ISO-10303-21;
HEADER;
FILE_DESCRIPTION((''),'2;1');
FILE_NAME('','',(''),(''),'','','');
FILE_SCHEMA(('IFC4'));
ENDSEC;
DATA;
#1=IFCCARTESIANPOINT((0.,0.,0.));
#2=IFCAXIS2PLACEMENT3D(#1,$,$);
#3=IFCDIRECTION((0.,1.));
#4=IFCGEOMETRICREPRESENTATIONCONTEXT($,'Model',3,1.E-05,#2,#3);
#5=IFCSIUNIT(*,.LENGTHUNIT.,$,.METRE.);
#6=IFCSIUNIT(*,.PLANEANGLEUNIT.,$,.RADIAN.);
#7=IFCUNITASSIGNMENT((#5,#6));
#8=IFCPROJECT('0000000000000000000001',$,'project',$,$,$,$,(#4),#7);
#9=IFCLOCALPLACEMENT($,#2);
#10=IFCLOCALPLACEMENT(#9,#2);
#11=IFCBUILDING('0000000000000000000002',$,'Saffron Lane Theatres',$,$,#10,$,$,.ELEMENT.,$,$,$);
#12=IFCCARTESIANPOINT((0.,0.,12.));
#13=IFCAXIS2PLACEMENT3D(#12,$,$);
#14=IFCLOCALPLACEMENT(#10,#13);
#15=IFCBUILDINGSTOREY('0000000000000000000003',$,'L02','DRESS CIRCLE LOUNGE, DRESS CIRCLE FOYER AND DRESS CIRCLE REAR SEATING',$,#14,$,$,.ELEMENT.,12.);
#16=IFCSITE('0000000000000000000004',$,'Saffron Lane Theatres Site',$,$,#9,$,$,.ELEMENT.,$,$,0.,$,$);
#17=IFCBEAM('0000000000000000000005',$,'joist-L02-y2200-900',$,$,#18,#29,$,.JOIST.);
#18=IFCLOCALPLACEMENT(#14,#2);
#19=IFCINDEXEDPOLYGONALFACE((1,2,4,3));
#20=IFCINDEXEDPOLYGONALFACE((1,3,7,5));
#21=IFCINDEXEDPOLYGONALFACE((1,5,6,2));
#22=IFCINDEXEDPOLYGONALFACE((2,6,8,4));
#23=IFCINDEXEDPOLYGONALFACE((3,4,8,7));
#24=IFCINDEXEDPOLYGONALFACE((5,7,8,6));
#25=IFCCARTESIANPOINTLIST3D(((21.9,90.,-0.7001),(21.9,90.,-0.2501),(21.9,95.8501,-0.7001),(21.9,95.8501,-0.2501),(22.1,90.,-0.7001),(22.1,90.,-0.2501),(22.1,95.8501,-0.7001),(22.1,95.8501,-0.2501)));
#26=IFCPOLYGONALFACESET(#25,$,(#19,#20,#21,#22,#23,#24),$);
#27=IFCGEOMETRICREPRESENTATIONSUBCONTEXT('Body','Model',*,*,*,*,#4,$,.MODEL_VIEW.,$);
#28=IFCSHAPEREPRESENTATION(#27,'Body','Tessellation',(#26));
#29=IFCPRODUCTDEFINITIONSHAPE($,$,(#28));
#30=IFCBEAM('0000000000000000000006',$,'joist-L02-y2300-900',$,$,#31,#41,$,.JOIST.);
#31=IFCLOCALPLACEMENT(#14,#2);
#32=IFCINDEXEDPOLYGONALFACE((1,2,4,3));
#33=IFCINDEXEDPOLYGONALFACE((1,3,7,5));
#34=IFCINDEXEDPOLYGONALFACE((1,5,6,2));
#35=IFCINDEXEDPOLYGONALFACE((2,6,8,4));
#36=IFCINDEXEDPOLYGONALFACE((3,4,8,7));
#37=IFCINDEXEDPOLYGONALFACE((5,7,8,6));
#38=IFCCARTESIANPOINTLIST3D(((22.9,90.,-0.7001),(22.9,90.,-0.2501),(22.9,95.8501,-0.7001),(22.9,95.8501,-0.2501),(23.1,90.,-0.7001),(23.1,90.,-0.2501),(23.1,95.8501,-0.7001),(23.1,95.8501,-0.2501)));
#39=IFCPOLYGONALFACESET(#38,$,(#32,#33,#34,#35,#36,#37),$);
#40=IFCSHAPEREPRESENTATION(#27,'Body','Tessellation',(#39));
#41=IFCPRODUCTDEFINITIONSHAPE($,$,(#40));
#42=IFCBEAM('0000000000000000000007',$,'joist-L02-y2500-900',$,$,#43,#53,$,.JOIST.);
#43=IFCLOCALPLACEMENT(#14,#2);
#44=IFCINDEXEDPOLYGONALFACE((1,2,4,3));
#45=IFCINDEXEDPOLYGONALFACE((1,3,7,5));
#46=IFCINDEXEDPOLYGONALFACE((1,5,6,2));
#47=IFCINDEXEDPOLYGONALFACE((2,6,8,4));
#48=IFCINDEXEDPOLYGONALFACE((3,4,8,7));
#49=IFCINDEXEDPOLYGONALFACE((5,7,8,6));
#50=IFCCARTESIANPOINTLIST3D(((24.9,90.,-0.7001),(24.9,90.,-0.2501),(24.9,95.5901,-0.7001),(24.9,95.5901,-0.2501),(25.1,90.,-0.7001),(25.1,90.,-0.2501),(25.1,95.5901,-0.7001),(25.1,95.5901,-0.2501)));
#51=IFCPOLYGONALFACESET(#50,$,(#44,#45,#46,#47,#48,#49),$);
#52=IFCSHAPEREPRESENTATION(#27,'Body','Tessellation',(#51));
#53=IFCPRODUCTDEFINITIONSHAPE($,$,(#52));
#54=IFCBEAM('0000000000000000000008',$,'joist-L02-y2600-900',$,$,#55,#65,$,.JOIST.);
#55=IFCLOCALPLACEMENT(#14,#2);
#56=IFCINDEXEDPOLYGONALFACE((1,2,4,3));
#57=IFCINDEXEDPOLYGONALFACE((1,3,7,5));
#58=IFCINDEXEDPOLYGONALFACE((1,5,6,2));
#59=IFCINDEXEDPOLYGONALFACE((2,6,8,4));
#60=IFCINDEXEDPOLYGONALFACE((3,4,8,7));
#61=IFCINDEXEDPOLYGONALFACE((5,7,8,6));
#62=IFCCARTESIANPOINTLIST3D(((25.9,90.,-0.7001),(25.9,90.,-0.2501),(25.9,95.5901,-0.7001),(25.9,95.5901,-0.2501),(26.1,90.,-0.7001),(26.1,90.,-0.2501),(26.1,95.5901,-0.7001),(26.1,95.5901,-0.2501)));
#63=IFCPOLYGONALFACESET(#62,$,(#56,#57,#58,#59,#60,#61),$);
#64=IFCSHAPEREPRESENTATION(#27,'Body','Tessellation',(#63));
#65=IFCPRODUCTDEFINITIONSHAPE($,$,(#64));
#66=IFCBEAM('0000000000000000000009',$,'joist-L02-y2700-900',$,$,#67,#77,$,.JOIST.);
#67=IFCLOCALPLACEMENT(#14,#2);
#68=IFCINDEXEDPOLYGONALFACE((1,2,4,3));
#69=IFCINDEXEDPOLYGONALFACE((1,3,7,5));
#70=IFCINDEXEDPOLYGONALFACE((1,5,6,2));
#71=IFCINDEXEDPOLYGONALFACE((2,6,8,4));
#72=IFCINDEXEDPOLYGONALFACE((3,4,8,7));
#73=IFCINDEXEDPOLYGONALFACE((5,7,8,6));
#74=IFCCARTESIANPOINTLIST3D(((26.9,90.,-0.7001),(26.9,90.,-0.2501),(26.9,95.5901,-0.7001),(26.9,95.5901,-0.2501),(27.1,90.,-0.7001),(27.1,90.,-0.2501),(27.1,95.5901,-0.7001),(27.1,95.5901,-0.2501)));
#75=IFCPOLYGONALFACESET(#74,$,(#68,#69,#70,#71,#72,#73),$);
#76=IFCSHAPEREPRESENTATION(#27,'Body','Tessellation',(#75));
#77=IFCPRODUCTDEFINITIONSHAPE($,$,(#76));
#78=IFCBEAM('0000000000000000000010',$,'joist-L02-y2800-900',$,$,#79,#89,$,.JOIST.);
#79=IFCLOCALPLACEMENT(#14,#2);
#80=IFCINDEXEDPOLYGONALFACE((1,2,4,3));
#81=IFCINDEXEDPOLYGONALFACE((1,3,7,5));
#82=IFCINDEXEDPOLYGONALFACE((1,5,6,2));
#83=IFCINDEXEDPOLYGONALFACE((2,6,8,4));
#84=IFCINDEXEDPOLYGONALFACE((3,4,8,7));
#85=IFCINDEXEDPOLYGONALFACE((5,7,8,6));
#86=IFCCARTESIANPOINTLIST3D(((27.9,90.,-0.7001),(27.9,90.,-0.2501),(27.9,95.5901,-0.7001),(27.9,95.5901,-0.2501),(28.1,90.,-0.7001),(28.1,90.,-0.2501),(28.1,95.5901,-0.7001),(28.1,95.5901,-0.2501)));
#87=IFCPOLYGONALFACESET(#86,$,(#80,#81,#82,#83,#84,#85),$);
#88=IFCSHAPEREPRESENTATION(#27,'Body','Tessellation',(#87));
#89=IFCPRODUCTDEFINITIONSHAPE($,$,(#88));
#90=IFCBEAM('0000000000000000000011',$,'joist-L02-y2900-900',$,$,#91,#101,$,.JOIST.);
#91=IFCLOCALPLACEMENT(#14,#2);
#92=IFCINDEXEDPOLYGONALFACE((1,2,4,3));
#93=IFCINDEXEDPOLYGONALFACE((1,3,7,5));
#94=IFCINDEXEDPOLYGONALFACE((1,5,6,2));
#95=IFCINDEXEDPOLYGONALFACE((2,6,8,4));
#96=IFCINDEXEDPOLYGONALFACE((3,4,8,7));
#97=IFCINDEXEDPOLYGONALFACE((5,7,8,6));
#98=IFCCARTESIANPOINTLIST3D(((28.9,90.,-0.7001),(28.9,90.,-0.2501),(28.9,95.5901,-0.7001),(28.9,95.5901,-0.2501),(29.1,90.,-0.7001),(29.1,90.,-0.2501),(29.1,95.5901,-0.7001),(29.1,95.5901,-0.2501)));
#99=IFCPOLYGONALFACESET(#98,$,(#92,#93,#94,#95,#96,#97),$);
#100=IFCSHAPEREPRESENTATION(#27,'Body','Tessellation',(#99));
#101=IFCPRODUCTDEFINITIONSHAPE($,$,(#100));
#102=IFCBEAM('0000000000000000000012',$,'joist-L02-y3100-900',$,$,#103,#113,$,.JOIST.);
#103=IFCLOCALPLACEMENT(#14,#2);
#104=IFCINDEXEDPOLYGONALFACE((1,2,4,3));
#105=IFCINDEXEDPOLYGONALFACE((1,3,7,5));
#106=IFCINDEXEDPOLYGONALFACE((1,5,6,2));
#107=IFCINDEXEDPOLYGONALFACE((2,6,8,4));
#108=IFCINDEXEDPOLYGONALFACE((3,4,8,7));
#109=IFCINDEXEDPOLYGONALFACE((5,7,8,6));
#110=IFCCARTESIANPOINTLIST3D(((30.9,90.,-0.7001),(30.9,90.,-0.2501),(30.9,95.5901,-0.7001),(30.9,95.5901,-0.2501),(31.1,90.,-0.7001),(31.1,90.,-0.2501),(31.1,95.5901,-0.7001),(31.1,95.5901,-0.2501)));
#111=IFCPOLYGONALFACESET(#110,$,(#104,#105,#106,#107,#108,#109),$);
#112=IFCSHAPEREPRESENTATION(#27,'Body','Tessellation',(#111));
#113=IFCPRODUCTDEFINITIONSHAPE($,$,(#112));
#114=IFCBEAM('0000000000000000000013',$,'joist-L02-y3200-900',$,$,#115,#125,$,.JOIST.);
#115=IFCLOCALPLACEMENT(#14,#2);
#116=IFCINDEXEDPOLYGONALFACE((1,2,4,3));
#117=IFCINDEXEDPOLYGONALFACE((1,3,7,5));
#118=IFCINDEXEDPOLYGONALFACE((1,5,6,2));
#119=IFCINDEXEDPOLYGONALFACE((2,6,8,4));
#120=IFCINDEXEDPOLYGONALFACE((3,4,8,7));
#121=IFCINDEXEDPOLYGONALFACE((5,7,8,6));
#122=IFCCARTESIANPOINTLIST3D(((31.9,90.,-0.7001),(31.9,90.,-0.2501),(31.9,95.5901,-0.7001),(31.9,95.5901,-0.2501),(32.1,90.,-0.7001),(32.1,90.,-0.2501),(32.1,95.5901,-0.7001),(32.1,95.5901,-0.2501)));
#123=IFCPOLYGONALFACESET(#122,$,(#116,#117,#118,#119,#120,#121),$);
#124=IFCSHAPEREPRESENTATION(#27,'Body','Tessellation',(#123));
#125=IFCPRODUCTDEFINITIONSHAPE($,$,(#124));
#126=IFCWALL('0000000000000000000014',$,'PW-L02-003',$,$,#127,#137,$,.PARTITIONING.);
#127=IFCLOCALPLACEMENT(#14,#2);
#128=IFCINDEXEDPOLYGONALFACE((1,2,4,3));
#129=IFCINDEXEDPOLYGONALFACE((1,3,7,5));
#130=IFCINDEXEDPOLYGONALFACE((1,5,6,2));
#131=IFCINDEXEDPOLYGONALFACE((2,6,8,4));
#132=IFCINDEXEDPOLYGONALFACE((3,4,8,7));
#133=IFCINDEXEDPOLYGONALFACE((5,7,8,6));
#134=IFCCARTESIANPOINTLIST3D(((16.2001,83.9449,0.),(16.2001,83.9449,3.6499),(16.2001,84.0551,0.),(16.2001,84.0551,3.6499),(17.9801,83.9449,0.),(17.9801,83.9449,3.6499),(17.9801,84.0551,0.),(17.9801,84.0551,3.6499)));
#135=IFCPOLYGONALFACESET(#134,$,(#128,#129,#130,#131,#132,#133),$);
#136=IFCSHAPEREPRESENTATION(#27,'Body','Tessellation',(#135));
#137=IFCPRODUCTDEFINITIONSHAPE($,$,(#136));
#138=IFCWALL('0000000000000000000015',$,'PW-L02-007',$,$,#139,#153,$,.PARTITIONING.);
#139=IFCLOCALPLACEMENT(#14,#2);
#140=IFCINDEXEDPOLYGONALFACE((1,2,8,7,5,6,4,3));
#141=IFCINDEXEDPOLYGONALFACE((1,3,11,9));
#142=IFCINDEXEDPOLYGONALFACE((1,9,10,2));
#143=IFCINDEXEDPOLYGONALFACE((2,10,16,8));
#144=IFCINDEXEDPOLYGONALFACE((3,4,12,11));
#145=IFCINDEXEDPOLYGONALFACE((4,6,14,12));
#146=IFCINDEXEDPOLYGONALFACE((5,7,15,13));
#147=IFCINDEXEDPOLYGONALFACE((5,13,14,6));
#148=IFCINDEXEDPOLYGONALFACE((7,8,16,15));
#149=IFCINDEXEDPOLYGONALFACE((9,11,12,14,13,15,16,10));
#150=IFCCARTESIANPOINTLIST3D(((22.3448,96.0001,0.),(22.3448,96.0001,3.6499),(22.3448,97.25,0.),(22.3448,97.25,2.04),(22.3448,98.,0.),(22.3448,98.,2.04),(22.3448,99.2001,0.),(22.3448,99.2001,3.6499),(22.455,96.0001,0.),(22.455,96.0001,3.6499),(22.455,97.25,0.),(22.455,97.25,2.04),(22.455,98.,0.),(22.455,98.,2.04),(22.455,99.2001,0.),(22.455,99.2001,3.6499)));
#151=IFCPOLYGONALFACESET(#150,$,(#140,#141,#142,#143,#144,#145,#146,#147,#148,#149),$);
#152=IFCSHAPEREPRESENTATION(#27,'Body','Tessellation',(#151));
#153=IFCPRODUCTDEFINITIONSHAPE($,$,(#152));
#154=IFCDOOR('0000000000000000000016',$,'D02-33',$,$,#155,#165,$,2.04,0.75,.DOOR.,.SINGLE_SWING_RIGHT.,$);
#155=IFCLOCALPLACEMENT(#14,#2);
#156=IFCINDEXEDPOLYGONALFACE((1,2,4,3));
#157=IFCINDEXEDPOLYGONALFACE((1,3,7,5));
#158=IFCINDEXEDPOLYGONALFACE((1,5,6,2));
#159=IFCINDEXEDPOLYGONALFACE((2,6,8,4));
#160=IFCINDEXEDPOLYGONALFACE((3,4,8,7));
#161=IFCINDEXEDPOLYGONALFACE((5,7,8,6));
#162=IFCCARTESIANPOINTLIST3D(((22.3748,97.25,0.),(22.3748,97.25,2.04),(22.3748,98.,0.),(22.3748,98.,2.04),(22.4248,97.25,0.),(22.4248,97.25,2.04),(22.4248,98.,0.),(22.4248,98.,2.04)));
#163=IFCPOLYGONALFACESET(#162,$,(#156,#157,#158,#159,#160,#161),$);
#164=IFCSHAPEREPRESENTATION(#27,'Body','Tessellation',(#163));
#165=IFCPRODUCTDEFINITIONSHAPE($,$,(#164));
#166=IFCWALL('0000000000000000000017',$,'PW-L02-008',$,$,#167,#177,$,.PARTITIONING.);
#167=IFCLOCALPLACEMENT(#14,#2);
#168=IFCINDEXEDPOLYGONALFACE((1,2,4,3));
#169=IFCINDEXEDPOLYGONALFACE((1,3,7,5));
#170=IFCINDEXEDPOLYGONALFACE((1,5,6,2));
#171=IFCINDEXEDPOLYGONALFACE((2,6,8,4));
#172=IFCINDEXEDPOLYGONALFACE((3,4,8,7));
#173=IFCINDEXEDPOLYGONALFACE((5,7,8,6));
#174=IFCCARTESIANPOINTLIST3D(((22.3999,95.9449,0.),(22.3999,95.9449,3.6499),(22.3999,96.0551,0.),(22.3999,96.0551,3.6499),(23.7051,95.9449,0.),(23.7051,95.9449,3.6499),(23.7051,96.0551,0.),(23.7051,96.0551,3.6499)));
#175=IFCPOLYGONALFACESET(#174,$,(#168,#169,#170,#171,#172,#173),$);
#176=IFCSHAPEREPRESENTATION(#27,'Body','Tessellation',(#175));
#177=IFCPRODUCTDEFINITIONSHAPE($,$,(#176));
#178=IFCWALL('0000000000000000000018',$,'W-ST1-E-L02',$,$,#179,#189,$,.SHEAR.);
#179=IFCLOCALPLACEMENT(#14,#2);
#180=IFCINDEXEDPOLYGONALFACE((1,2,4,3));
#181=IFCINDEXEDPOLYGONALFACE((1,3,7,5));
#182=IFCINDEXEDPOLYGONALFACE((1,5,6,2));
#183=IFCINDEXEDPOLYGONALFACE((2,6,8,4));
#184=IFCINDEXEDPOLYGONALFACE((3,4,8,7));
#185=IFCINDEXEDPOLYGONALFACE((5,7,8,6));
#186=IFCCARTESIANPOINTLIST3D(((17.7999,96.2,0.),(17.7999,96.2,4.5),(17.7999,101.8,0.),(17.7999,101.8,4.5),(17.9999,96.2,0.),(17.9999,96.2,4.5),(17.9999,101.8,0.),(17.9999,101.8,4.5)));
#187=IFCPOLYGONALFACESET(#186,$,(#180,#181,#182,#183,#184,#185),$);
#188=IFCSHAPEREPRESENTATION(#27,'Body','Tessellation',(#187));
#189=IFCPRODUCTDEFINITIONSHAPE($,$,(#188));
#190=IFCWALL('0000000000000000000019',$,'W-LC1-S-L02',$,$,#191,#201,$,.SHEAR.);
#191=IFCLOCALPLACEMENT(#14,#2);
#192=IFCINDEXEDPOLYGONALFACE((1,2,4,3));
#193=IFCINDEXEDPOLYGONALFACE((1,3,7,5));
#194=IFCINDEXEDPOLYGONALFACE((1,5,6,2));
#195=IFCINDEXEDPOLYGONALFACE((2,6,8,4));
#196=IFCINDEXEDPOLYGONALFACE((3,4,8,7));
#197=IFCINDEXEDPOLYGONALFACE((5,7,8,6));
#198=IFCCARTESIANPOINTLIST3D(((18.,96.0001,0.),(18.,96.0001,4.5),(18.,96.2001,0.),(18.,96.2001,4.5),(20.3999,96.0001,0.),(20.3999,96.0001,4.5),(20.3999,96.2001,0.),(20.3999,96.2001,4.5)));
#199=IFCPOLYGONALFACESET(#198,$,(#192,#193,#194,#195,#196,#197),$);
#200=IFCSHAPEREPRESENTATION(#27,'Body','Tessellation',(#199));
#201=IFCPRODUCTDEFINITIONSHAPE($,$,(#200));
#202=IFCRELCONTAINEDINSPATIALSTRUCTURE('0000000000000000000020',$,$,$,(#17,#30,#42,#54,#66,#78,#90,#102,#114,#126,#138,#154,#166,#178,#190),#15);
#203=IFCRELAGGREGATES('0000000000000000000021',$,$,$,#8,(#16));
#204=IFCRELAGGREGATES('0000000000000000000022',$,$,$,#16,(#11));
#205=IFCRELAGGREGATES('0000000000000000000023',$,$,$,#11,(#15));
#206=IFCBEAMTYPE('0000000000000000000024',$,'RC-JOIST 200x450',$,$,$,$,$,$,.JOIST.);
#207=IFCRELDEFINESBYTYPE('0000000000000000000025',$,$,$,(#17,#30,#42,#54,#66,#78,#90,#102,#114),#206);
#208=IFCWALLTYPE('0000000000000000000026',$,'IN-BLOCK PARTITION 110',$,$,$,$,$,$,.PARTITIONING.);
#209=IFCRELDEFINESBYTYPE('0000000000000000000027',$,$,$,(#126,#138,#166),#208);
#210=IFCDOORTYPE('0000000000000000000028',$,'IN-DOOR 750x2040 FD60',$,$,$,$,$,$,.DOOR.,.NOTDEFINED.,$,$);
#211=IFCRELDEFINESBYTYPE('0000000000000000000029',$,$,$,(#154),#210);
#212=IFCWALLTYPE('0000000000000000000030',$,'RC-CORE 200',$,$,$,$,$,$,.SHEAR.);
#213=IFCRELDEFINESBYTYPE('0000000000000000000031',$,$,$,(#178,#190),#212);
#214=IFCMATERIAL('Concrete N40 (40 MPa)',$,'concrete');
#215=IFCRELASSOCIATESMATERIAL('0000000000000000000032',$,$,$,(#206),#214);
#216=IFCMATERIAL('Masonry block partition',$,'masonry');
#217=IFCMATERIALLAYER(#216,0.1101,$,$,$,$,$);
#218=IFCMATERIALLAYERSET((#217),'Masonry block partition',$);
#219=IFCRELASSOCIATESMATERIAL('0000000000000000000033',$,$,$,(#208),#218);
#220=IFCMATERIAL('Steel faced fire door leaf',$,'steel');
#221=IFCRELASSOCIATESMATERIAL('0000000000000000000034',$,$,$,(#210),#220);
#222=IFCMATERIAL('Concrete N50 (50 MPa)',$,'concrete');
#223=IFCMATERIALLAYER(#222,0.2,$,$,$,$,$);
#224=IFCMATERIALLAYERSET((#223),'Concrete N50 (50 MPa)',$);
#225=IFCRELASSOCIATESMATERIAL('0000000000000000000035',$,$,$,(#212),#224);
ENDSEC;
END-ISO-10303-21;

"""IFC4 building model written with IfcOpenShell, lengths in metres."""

from ifc_helpers import new_model, si_unit, direction, frame, frame_2d, origin, origin_2d, place, context, subcontext, project, spatial, rectangle, extrude, material, layer, layer_set, material_profile, profile_set, type_object, element, fill, save


model = new_model("IFC4")

# Units and contexts
model_context = context("Model", 3, precision=1e-05, world=origin(), true_north=direction((0.0, 1.0)))
body_context = subcontext(model_context, "Body", "Model", "MODEL_VIEW")
ifc_project = project(units=[si_unit("LENGTHUNIT", "METRE"), si_unit("PLANEANGLEUNIT", "RADIAN")], contexts=[model_context])

# Site, building, storey
site_placement = place(None, origin())
site = spatial("IfcSite", under=ifc_project, at=site_placement, Name="Saffron Lane Theatres Site", CompositionType="ELEMENT", RefElevation=0.0)
building_placement = place(site_placement, origin())
building = spatial("IfcBuilding", under=site, at=building_placement, Name="Saffron Lane Theatres", CompositionType="ELEMENT")
storey_placement = place(building_placement, frame((0.0, 0.0, 12.0)))
storey = spatial("IfcBuildingStorey", under=building, at=storey_placement, Name="L02", Description="DRESS CIRCLE LOUNGE, DRESS CIRCLE FOYER AND DRESS CIRCLE REAR SEATING", CompositionType="ELEMENT", Elevation=12.0)

# Beams
ifc_material_1 = material(Name="Concrete N40 (40 MPa)", Category="concrete")
ifc_material_profile_1 = material_profile(ifc_material_1, rectangle(XDim=0.2, YDim=0.45, at=origin_2d()))
ifc_profile_set_1 = profile_set([ifc_material_profile_1], Name="Concrete N40 (40 MPa)")
beam_type_1 = type_object("IfcBeamType", Name="RC-JOIST 200x450", PredefinedType="JOIST", material=ifc_profile_set_1)
for number, where, z_axis, x_axis, name in (
    (1, (22.0, 90.0, -0.4751), (0.0, 1.0, 0.0), (-1.0, 0.0, 0.0), "joist-L02-y2200-900"),
    (2, (23.0, 90.0, -0.4751), (0.0, 1.0, 0.0), (-1.0, 0.0, 0.0), "joist-L02-y2300-900"),
):
    element("IfcBeam", number, at=place(storey_placement, frame(where, z_axis=z_axis, x_axis=x_axis)), inside=storey, type_object=beam_type_1, Name=name, PredefinedType="JOIST", context=body_context, shape_type="SweptSolid", body=[
        extrude(rectangle(XDim=0.2, YDim=0.45, at=origin_2d()), origin(), (0.0, 0.0, 1.0), 5.8501),
    ])
for number, where, z_axis, x_axis, name in (
    (3, (25.0, 90.0, -0.4751), (0.0, 1.0, 0.0), (-1.0, 0.0, 0.0), "joist-L02-y2500-900"),
    (4, (26.0, 90.0, -0.4751), (0.0, 1.0, 0.0), (-1.0, 0.0, 0.0), "joist-L02-y2600-900"),
    (5, (27.0, 90.0, -0.4751), (0.0, 1.0, 0.0), (-1.0, 0.0, 0.0), "joist-L02-y2700-900"),
    (6, (28.0, 90.0, -0.4751), (0.0, 1.0, 0.0), (-1.0, 0.0, 0.0), "joist-L02-y2800-900"),
    (7, (29.0, 90.0, -0.4751), (0.0, 1.0, 0.0), (-1.0, 0.0, 0.0), "joist-L02-y2900-900"),
    (8, (31.0, 90.0, -0.4751), (0.0, 1.0, 0.0), (-1.0, 0.0, 0.0), "joist-L02-y3100-900"),
    (9, (32.0, 90.0, -0.4751), (0.0, 1.0, 0.0), (-1.0, 0.0, 0.0), "joist-L02-y3200-900"),
):
    element("IfcBeam", number, at=place(storey_placement, frame(where, z_axis=z_axis, x_axis=x_axis)), inside=storey, type_object=beam_type_1, Name=name, PredefinedType="JOIST", context=body_context, shape_type="SweptSolid", body=[
        extrude(rectangle(XDim=0.2, YDim=0.45, at=origin_2d()), origin(), (0.0, 0.0, 1.0), 5.5901),
    ])

# Wall
ifc_material_2 = material(Name="Masonry block partition", Category="masonry")
ifc_layer_1 = layer(ifc_material_2, 0.1101)
ifc_layer_set_1 = layer_set([ifc_layer_1], Name="Masonry block partition")
wall_type_1 = type_object("IfcWallType", Name="IN-BLOCK PARTITION 110", PredefinedType="PARTITIONING", material=ifc_layer_set_1)
wall_1_placement = place(storey_placement, frame((16.2, 84.0, 0.0), z_axis=(0.0, 0.0, 1.0), x_axis=(1.0, 0.0, 0.0)))
element("IfcWall", 10, at=wall_1_placement, inside=storey, type_object=wall_type_1, Name="PW-L02-003", PredefinedType="PARTITIONING", context=body_context, shape_type="SweptSolid", body=[
    extrude(rectangle(XDim=1.78, YDim=0.1101, at=frame_2d((0.8901, 0.0))), origin(), (0.0, 0.0, 1.0), 3.6499),
])

# Wall, opening, door
wall_2_placement = place(storey_placement, frame((22.3999, 96.0, 0.0), z_axis=(0.0, 0.0, 1.0), x_axis=(0.0, 1.0, 0.0)))
wall_2 = element("IfcWall", 11, at=wall_2_placement, inside=storey, type_object=wall_type_1, Name="PW-L02-007", PredefinedType="PARTITIONING", context=body_context, shape_type="SweptSolid", body=[
    extrude(rectangle(XDim=3.2, YDim=0.1101, at=frame_2d((1.6001, 0.0))), origin(), (0.0, 0.0, 1.0), 3.6499),
])
opening_placement = place(wall_2_placement, frame((1.25, 0.0, 0.0)))
opening = element("IfcOpeningElement", 12, at=opening_placement, cuts=wall_2, PredefinedType="OPENING", context=body_context, shape_type="SweptSolid", body=[
    extrude(rectangle(XDim=0.75, YDim=2.04, at=frame_2d((0.375, 1.02))), frame((0.0, 0.0649, 0.0), z_axis=(0.0, -1.0, 0.0), x_axis=(1.0, 0.0, 0.0)), (0.0, 0.0, 1.0), 0.1301),
])
ifc_material_3 = material(Name="Steel faced fire door leaf", Category="steel")
door_type = type_object("IfcDoorType", Name="IN-DOOR 750x2040 FD60", OperationType="NOTDEFINED", PredefinedType="DOOR", material=ifc_material_3)
door_placement = place(opening_placement, frame((0.75, 0.0, 0.0), z_axis=(0.0, 0.0, 1.0), x_axis=(-1.0, 0.0, 0.0)))
door = element("IfcDoor", 13, at=door_placement, inside=storey, type_object=door_type, Name="D02-33", OperationType="SINGLE_SWING_RIGHT", OverallHeight=2.04, OverallWidth=0.75, PredefinedType="DOOR", context=body_context, shape_type="SweptSolid", body=[
    extrude(rectangle(XDim=0.75, YDim=2.04, at=frame_2d((0.375, 1.02))), frame((0.0, 0.0249, 0.0), z_axis=(0.0, -1.0, 0.0), x_axis=(1.0, 0.0, 0.0)), (0.0, 0.0, 1.0), 0.05),
])
fill(opening, door)

# Walls
wall_3_placement = place(storey_placement, frame((22.3999, 96.0, 0.0), z_axis=(0.0, 0.0, 1.0), x_axis=(1.0, 0.0, 0.0)))
element("IfcWall", 14, at=wall_3_placement, inside=storey, type_object=wall_type_1, Name="PW-L02-008", PredefinedType="PARTITIONING", context=body_context, shape_type="SweptSolid", body=[
    extrude(rectangle(XDim=1.3052, YDim=0.1101, at=frame_2d((0.6526, 0.0))), origin(), (0.0, 0.0, 1.0), 3.6499),
])
ifc_material_4 = material(Name="Concrete N50 (50 MPa)", Category="concrete")
ifc_layer_2 = layer(ifc_material_4, 0.2)
ifc_layer_set_2 = layer_set([ifc_layer_2], Name="Concrete N50 (50 MPa)")
wall_type_2 = type_object("IfcWallType", Name="RC-CORE 200", PredefinedType="SHEAR", material=ifc_layer_set_2)
wall_4_placement = place(storey_placement, frame((17.8999, 96.2, 0.0), z_axis=(0.0, 0.0, 1.0), x_axis=(0.0, 1.0, 0.0)))
element("IfcWall", 15, at=wall_4_placement, inside=storey, type_object=wall_type_2, Name="W-ST1-E-L02", PredefinedType="SHEAR", context=body_context, shape_type="SweptSolid", body=[
    extrude(rectangle(XDim=5.6001, YDim=0.2, at=frame_2d((2.8, 0.0))), origin(), (0.0, 0.0, 1.0), 4.5),
])
wall_5_placement = place(storey_placement, frame((18.0, 96.1001, 0.0), z_axis=(0.0, 0.0, 1.0), x_axis=(1.0, 0.0, 0.0)))
element("IfcWall", 16, at=wall_5_placement, inside=storey, type_object=wall_type_2, Name="W-LC1-S-L02", PredefinedType="SHEAR", context=body_context, shape_type="SweptSolid", body=[
    extrude(rectangle(XDim=2.3999, YDim=0.2, at=frame_2d((1.2, 0.0))), origin(), (0.0, 0.0, 1.0), 4.5),
])

save(model, "model.ifc")
